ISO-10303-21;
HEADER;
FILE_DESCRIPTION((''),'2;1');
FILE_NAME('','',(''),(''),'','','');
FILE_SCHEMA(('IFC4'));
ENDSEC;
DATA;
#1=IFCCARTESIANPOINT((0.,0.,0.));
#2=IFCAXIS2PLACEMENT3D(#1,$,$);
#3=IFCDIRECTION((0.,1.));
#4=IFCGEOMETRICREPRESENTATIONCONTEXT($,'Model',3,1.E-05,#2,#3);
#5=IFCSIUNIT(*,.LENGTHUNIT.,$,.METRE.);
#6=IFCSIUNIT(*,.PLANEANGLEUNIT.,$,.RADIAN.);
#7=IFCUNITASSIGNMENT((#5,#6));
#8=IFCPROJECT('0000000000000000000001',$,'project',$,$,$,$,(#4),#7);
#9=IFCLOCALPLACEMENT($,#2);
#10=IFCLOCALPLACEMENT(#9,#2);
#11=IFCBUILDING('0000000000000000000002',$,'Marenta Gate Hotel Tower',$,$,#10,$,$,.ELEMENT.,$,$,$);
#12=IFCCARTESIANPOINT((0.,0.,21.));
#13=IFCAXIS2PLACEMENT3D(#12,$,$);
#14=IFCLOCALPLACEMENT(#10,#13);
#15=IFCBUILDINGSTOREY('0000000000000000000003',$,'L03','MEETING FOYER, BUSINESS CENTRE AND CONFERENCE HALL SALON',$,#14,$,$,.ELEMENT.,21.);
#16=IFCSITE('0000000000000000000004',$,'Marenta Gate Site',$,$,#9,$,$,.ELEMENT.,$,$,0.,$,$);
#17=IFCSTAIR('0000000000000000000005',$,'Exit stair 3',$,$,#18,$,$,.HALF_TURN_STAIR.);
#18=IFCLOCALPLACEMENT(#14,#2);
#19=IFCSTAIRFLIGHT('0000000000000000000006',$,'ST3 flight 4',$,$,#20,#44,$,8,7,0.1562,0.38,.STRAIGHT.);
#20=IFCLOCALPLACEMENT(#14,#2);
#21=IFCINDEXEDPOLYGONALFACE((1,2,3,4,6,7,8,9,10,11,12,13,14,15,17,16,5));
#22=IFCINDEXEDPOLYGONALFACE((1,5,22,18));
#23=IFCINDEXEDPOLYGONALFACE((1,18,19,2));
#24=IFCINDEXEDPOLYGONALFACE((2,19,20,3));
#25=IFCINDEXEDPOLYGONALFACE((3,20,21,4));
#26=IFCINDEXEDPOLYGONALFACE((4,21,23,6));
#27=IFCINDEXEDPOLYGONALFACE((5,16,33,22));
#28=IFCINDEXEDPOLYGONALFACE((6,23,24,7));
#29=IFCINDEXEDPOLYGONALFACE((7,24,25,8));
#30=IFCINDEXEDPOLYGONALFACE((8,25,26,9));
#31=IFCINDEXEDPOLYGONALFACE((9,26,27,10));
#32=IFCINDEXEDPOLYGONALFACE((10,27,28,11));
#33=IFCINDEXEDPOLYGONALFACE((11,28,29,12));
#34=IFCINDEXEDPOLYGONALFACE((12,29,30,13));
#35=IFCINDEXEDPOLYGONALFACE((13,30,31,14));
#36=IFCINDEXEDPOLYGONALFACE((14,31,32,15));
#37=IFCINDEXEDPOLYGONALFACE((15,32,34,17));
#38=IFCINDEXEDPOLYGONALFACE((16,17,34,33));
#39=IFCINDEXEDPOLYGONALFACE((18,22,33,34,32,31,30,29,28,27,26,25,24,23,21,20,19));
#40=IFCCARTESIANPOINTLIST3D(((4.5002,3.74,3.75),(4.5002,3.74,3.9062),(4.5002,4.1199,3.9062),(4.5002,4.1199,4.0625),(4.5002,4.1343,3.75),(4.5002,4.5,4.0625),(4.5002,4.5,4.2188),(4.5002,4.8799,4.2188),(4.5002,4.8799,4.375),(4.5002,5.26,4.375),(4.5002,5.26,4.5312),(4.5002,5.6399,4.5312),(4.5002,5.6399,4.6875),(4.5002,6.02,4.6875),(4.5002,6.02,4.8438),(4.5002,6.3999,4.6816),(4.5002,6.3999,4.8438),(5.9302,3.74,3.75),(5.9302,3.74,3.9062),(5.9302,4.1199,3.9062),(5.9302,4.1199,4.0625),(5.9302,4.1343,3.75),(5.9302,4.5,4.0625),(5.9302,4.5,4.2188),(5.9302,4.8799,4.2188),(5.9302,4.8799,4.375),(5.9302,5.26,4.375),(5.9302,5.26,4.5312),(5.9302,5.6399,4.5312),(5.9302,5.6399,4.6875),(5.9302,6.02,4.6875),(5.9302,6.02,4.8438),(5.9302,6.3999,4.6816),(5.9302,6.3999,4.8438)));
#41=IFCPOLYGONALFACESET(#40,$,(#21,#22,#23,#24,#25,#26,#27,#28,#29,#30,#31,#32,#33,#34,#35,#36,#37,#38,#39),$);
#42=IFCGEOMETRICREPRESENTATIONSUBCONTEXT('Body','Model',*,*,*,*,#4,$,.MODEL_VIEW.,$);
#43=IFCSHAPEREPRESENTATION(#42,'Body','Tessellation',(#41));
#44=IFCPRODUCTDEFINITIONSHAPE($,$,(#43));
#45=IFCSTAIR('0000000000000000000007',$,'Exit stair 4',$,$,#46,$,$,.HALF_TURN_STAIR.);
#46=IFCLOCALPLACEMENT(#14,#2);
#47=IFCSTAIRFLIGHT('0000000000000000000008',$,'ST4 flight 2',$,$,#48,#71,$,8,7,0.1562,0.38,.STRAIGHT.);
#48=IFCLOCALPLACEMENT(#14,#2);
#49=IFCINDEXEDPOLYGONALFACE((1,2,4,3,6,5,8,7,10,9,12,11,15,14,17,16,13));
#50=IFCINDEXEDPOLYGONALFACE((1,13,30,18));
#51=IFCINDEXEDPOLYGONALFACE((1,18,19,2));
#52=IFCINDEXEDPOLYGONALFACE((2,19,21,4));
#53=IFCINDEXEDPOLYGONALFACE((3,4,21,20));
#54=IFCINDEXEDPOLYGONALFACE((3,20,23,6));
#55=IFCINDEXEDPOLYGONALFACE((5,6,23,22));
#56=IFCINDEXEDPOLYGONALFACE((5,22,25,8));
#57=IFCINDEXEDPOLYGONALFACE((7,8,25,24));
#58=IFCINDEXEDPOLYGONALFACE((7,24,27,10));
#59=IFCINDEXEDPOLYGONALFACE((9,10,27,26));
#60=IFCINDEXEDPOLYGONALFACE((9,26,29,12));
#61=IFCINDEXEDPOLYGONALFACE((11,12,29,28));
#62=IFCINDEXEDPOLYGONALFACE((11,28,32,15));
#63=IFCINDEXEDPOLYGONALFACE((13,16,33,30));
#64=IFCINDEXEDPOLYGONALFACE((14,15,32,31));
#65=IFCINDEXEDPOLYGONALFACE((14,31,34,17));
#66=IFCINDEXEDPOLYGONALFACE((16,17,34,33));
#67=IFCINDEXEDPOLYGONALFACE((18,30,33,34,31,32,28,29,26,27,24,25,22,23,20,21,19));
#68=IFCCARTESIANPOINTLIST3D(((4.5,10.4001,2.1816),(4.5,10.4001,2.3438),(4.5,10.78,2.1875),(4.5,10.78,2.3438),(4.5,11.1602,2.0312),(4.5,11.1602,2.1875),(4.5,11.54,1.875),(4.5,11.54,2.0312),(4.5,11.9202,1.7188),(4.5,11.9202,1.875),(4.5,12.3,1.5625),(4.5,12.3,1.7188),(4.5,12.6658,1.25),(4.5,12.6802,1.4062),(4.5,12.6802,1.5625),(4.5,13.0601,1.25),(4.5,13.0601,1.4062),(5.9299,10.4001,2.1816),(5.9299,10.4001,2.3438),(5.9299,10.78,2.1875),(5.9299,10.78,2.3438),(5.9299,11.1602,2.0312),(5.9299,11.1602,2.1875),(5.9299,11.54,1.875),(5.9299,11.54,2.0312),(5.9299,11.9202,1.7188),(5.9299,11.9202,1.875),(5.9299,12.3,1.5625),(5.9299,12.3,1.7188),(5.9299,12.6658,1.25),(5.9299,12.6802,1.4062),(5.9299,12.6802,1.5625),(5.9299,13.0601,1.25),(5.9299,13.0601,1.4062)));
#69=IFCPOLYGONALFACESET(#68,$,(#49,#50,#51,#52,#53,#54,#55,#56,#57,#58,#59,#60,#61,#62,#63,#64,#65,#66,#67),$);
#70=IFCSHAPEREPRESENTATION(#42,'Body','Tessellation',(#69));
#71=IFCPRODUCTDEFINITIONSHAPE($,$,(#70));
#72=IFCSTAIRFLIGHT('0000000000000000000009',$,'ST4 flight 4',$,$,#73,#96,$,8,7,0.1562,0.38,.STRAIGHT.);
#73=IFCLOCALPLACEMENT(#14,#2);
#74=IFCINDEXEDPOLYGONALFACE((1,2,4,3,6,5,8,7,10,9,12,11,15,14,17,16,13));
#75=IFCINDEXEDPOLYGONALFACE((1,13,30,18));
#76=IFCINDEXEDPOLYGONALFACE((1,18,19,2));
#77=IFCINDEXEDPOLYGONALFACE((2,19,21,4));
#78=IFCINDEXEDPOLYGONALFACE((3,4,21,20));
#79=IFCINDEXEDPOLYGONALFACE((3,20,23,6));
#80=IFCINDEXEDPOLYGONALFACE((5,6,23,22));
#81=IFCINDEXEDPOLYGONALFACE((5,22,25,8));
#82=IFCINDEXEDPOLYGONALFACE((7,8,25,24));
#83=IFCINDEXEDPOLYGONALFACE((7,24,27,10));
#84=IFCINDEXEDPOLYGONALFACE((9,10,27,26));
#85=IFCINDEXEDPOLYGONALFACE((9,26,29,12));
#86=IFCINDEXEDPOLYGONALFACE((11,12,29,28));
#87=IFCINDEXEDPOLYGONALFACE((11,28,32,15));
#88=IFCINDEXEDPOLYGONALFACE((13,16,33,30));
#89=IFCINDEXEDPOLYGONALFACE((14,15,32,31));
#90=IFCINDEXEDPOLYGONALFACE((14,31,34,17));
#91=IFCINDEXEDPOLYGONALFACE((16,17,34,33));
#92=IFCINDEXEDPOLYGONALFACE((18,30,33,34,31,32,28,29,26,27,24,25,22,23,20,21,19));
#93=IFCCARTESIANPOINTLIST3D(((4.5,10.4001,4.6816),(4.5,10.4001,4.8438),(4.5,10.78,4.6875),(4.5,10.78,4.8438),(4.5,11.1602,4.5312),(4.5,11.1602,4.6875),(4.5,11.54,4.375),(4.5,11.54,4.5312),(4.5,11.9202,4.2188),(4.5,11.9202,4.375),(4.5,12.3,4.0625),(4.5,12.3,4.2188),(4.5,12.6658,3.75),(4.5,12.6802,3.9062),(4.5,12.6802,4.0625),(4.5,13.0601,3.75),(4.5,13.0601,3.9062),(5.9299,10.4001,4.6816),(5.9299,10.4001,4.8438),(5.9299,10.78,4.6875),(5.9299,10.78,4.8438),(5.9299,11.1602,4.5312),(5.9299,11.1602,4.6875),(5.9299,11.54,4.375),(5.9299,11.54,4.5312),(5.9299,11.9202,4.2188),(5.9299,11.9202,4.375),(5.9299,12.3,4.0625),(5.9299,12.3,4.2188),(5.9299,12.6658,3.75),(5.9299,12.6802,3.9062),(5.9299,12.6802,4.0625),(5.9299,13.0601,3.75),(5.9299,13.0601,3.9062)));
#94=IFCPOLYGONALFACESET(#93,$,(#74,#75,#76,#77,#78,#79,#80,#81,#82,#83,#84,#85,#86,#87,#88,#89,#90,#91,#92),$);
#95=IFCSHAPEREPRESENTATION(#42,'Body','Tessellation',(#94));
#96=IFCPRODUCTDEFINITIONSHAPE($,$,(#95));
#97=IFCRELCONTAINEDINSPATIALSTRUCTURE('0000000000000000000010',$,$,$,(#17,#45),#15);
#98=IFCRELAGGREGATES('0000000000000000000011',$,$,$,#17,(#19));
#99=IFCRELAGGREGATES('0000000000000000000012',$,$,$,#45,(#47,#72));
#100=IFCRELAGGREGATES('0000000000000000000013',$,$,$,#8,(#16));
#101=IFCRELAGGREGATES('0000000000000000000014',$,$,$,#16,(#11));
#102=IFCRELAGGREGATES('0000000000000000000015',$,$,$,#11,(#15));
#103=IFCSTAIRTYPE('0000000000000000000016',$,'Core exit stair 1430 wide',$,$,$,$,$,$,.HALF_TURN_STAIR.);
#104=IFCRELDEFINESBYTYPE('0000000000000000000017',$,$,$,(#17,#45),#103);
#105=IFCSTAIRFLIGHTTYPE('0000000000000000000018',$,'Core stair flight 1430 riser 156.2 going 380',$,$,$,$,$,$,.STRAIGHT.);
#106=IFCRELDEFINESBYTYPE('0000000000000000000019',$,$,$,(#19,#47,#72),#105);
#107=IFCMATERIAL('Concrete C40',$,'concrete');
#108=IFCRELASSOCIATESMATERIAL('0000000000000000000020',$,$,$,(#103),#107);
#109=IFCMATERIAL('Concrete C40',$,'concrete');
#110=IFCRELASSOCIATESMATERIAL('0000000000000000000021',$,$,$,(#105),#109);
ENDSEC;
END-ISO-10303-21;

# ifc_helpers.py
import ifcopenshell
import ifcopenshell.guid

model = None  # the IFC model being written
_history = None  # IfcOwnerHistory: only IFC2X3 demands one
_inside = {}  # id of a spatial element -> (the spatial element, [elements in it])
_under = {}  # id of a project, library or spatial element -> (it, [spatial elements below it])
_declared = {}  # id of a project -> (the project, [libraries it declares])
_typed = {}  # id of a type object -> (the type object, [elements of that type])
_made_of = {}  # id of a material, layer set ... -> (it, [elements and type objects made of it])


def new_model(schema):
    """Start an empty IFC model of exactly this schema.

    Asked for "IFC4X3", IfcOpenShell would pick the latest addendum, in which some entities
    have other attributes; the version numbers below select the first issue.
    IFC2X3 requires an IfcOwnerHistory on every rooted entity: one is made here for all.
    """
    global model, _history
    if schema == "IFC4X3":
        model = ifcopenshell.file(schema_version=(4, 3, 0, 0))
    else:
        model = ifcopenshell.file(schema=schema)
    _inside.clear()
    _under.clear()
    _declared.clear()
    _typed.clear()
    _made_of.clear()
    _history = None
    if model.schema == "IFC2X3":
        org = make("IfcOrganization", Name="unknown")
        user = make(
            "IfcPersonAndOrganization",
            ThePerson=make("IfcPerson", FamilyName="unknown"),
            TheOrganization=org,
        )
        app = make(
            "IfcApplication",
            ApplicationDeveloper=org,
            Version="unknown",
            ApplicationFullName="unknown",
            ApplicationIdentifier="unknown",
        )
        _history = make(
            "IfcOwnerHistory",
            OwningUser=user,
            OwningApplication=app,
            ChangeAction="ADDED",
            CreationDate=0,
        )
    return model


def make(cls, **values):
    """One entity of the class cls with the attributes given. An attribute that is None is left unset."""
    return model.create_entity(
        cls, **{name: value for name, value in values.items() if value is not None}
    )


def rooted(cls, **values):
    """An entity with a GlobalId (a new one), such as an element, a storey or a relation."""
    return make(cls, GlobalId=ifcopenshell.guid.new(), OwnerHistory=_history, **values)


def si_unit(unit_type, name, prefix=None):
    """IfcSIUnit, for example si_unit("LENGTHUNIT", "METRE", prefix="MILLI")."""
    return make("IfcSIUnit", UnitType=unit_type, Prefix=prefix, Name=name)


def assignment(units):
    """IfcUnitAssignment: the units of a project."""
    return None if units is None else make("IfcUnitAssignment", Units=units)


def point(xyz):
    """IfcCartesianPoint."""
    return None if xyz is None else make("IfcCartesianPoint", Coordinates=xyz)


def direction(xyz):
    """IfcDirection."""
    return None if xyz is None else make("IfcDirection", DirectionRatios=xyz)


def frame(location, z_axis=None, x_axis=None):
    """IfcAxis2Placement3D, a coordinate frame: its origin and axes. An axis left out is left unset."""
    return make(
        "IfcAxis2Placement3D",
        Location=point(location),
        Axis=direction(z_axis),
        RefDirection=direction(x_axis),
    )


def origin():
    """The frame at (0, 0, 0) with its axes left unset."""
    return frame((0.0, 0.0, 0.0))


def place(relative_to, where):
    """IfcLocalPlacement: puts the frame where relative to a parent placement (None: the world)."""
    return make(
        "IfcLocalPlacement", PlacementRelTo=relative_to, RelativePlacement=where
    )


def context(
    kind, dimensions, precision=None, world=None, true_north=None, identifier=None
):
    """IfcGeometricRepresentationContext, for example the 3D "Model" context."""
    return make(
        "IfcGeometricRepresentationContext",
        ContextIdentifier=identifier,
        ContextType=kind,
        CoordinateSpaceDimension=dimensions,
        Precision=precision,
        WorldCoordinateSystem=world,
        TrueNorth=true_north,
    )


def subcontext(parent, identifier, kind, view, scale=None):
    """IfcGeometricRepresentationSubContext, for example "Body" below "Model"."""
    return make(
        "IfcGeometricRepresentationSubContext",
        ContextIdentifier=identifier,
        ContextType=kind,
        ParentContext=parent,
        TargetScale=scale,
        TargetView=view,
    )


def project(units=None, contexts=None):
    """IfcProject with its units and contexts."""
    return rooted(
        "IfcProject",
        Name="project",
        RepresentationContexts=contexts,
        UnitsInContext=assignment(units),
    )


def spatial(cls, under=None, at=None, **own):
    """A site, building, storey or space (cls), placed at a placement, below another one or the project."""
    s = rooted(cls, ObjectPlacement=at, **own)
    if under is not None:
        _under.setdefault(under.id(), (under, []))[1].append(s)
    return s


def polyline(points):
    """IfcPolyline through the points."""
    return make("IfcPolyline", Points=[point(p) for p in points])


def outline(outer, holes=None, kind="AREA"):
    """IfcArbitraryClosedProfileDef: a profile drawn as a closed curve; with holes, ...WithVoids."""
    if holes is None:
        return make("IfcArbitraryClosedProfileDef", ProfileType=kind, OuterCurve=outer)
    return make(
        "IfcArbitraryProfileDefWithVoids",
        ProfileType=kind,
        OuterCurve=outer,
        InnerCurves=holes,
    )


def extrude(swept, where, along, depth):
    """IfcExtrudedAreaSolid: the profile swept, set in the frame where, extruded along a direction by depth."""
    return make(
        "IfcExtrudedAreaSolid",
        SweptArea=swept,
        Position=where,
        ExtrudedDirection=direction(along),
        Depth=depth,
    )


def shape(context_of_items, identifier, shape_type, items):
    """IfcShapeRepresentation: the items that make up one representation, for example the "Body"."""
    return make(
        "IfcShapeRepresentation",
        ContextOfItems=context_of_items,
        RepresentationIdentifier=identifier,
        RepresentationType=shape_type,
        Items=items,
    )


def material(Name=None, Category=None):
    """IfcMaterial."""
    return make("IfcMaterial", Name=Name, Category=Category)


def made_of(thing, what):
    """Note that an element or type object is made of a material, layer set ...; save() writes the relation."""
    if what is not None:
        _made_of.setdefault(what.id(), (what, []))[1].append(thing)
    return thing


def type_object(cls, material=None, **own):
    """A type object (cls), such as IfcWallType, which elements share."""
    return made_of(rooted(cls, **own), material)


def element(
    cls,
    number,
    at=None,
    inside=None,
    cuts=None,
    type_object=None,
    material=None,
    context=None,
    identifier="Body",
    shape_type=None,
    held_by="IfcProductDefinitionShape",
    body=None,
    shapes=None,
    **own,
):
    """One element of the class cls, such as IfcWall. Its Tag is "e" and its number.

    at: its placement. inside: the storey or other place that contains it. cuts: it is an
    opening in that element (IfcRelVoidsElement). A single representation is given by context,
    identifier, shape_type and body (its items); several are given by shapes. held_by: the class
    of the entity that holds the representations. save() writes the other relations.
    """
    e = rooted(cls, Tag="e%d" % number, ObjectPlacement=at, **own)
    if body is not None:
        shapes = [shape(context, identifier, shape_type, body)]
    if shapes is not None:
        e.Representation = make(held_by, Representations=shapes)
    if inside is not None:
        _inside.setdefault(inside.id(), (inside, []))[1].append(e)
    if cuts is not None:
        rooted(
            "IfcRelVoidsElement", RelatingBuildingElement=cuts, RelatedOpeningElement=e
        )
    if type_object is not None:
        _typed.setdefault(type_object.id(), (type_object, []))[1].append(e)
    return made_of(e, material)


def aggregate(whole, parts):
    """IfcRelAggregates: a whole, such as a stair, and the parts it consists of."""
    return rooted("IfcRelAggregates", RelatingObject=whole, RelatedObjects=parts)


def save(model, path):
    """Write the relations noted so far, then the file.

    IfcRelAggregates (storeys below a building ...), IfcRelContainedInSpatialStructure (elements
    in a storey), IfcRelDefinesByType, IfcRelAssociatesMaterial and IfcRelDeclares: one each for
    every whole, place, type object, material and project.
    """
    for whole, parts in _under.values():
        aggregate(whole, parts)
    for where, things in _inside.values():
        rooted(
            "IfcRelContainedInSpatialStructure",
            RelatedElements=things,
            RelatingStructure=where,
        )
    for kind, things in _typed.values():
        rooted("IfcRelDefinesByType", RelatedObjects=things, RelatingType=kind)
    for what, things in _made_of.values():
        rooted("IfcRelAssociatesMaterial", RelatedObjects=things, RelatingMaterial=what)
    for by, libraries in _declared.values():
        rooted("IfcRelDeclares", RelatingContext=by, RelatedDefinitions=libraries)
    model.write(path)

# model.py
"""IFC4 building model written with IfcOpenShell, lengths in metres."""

from ifc_helpers import new_model, si_unit, direction, frame, origin, place, context, subcontext, project, spatial, polyline, outline, extrude, material, type_object, element, aggregate, save


model = new_model("IFC4")

# Units and contexts
model_context = context("Model", 3, precision=1e-05, world=origin(), true_north=direction((0.0, 1.0)))
body_context = subcontext(model_context, "Body", "Model", "MODEL_VIEW")
ifc_project = project(units=[si_unit("LENGTHUNIT", "METRE"), si_unit("PLANEANGLEUNIT", "RADIAN")], contexts=[model_context])

# Site, building, storey
site_placement = place(None, origin())
site = spatial("IfcSite", under=ifc_project, at=site_placement, Name="Marenta Gate Site", CompositionType="ELEMENT", RefElevation=0.0)
building_placement = place(site_placement, origin())
building = spatial("IfcBuilding", under=site, at=building_placement, Name="Marenta Gate Hotel Tower", CompositionType="ELEMENT")
storey_placement = place(building_placement, frame((0.0, 0.0, 21.0)))
storey = spatial("IfcBuildingStorey", under=building, at=storey_placement, Name="L03", Description="MEETING FOYER, BUSINESS CENTRE AND CONFERENCE HALL SALON", CompositionType="ELEMENT", Elevation=21.0)

# Stairs, stair flights
ifc_material_1 = material(Name="Concrete C40", Category="concrete")
stair_type = type_object("IfcStairType", Name="Core exit stair 1430 wide", PredefinedType="HALF_TURN_STAIR", material=ifc_material_1)
stair_1_placement = place(storey_placement, origin())
stair_1 = element("IfcStair", 1, at=stair_1_placement, inside=storey, type_object=stair_type, Name="Exit stair 3", PredefinedType="HALF_TURN_STAIR")
ifc_material_2 = material(Name="Concrete C40", Category="concrete")
stair_flight_type = type_object("IfcStairFlightType", Name="Core stair flight 1430 riser 156.2 going 380", PredefinedType="STRAIGHT", material=ifc_material_2)
stair_flight_1_placement = place(storey_placement, frame((5.2151, 3.74, 3.75), z_axis=(0.0, 0.0, 1.0), x_axis=(0.0, 1.0, 0.0)))
stair_flight_1 = element("IfcStairFlight", 2, at=stair_flight_1_placement, type_object=stair_flight_type, Name="ST3 flight 4", NumberOfRisers=8, NumberOfTreads=7, PredefinedType="STRAIGHT", RiserHeight=0.1562, TreadLength=0.38, context=body_context, shape_type="SweptSolid", body=[
    extrude(outline(polyline([(0.0, 0.0), (0.0, 0.1562), (0.3799, 0.1562), (0.3799, 0.3125), (0.76, 0.3125), (0.76, 0.4688), (1.1399, 0.4688), (1.1399, 0.625), (1.52, 0.625), (1.52, 0.7812), (1.8999, 0.7812), (1.8999, 0.9375), (2.28, 0.9375), (2.28, 1.0938), (2.6599, 1.0938), (2.6599, 1.25), (2.6599, 0.9316), (0.3943, 0.0), (0.0, 0.0)])), frame((0.0, 0.7148, 0.0), z_axis=(0.0, -1.0, 0.0), x_axis=(1.0, 0.0, 0.0)), (0.0, 0.0, 1.0), 1.4299),
])
aggregate(stair_1, [stair_flight_1])
stair_2_placement = place(storey_placement, origin())
stair_2 = element("IfcStair", 3, at=stair_2_placement, inside=storey, type_object=stair_type, Name="Exit stair 4", PredefinedType="HALF_TURN_STAIR")
stair_flight_2_placement = place(storey_placement, frame((5.2151, 13.0601, 1.25), z_axis=(0.0, 0.0, 1.0), x_axis=(0.0, -1.0, 0.0)))
stair_flight_2 = element("IfcStairFlight", 4, at=stair_flight_2_placement, type_object=stair_flight_type, Name="ST4 flight 2", NumberOfRisers=8, NumberOfTreads=7, PredefinedType="STRAIGHT", RiserHeight=0.1562, TreadLength=0.38, context=body_context, shape_type="SweptSolid", body=[
    extrude(outline(polyline([(0.0, 0.0), (0.0, 0.1562), (0.3799, 0.1562), (0.3799, 0.3125), (0.76, 0.3125), (0.76, 0.4688), (1.1399, 0.4688), (1.1399, 0.625), (1.52, 0.625), (1.52, 0.7812), (1.8999, 0.7812), (1.8999, 0.9375), (2.28, 0.9375), (2.28, 1.0938), (2.6599, 1.0938), (2.6599, 1.25), (2.6599, 0.9316), (0.3943, 0.0), (0.0, 0.0)])), frame((0.0, 0.7148, 0.0), z_axis=(0.0, -1.0, 0.0), x_axis=(1.0, 0.0, 0.0)), (0.0, 0.0, 1.0), 1.4299),
])
stair_flight_3_placement = place(storey_placement, frame((5.2151, 13.0601, 3.75), z_axis=(0.0, 0.0, 1.0), x_axis=(0.0, -1.0, 0.0)))
stair_flight_3 = element("IfcStairFlight", 5, at=stair_flight_3_placement, type_object=stair_flight_type, Name="ST4 flight 4", NumberOfRisers=8, NumberOfTreads=7, PredefinedType="STRAIGHT", RiserHeight=0.1562, TreadLength=0.38, context=body_context, shape_type="SweptSolid", body=[
    extrude(outline(polyline([(0.0, 0.0), (0.0, 0.1562), (0.3799, 0.1562), (0.3799, 0.3125), (0.76, 0.3125), (0.76, 0.4688), (1.1399, 0.4688), (1.1399, 0.625), (1.52, 0.625), (1.52, 0.7812), (1.8999, 0.7812), (1.8999, 0.9375), (2.28, 0.9375), (2.28, 1.0938), (2.6599, 1.0938), (2.6599, 1.25), (2.6599, 0.9316), (0.3943, 0.0), (0.0, 0.0)])), frame((0.0, 0.7148, 0.0), z_axis=(0.0, -1.0, 0.0), x_axis=(1.0, 0.0, 0.0)), (0.0, 0.0, 1.0), 1.4299),
])
aggregate(stair_2, [stair_flight_2, stair_flight_3])

save(model, "model.ifc")
